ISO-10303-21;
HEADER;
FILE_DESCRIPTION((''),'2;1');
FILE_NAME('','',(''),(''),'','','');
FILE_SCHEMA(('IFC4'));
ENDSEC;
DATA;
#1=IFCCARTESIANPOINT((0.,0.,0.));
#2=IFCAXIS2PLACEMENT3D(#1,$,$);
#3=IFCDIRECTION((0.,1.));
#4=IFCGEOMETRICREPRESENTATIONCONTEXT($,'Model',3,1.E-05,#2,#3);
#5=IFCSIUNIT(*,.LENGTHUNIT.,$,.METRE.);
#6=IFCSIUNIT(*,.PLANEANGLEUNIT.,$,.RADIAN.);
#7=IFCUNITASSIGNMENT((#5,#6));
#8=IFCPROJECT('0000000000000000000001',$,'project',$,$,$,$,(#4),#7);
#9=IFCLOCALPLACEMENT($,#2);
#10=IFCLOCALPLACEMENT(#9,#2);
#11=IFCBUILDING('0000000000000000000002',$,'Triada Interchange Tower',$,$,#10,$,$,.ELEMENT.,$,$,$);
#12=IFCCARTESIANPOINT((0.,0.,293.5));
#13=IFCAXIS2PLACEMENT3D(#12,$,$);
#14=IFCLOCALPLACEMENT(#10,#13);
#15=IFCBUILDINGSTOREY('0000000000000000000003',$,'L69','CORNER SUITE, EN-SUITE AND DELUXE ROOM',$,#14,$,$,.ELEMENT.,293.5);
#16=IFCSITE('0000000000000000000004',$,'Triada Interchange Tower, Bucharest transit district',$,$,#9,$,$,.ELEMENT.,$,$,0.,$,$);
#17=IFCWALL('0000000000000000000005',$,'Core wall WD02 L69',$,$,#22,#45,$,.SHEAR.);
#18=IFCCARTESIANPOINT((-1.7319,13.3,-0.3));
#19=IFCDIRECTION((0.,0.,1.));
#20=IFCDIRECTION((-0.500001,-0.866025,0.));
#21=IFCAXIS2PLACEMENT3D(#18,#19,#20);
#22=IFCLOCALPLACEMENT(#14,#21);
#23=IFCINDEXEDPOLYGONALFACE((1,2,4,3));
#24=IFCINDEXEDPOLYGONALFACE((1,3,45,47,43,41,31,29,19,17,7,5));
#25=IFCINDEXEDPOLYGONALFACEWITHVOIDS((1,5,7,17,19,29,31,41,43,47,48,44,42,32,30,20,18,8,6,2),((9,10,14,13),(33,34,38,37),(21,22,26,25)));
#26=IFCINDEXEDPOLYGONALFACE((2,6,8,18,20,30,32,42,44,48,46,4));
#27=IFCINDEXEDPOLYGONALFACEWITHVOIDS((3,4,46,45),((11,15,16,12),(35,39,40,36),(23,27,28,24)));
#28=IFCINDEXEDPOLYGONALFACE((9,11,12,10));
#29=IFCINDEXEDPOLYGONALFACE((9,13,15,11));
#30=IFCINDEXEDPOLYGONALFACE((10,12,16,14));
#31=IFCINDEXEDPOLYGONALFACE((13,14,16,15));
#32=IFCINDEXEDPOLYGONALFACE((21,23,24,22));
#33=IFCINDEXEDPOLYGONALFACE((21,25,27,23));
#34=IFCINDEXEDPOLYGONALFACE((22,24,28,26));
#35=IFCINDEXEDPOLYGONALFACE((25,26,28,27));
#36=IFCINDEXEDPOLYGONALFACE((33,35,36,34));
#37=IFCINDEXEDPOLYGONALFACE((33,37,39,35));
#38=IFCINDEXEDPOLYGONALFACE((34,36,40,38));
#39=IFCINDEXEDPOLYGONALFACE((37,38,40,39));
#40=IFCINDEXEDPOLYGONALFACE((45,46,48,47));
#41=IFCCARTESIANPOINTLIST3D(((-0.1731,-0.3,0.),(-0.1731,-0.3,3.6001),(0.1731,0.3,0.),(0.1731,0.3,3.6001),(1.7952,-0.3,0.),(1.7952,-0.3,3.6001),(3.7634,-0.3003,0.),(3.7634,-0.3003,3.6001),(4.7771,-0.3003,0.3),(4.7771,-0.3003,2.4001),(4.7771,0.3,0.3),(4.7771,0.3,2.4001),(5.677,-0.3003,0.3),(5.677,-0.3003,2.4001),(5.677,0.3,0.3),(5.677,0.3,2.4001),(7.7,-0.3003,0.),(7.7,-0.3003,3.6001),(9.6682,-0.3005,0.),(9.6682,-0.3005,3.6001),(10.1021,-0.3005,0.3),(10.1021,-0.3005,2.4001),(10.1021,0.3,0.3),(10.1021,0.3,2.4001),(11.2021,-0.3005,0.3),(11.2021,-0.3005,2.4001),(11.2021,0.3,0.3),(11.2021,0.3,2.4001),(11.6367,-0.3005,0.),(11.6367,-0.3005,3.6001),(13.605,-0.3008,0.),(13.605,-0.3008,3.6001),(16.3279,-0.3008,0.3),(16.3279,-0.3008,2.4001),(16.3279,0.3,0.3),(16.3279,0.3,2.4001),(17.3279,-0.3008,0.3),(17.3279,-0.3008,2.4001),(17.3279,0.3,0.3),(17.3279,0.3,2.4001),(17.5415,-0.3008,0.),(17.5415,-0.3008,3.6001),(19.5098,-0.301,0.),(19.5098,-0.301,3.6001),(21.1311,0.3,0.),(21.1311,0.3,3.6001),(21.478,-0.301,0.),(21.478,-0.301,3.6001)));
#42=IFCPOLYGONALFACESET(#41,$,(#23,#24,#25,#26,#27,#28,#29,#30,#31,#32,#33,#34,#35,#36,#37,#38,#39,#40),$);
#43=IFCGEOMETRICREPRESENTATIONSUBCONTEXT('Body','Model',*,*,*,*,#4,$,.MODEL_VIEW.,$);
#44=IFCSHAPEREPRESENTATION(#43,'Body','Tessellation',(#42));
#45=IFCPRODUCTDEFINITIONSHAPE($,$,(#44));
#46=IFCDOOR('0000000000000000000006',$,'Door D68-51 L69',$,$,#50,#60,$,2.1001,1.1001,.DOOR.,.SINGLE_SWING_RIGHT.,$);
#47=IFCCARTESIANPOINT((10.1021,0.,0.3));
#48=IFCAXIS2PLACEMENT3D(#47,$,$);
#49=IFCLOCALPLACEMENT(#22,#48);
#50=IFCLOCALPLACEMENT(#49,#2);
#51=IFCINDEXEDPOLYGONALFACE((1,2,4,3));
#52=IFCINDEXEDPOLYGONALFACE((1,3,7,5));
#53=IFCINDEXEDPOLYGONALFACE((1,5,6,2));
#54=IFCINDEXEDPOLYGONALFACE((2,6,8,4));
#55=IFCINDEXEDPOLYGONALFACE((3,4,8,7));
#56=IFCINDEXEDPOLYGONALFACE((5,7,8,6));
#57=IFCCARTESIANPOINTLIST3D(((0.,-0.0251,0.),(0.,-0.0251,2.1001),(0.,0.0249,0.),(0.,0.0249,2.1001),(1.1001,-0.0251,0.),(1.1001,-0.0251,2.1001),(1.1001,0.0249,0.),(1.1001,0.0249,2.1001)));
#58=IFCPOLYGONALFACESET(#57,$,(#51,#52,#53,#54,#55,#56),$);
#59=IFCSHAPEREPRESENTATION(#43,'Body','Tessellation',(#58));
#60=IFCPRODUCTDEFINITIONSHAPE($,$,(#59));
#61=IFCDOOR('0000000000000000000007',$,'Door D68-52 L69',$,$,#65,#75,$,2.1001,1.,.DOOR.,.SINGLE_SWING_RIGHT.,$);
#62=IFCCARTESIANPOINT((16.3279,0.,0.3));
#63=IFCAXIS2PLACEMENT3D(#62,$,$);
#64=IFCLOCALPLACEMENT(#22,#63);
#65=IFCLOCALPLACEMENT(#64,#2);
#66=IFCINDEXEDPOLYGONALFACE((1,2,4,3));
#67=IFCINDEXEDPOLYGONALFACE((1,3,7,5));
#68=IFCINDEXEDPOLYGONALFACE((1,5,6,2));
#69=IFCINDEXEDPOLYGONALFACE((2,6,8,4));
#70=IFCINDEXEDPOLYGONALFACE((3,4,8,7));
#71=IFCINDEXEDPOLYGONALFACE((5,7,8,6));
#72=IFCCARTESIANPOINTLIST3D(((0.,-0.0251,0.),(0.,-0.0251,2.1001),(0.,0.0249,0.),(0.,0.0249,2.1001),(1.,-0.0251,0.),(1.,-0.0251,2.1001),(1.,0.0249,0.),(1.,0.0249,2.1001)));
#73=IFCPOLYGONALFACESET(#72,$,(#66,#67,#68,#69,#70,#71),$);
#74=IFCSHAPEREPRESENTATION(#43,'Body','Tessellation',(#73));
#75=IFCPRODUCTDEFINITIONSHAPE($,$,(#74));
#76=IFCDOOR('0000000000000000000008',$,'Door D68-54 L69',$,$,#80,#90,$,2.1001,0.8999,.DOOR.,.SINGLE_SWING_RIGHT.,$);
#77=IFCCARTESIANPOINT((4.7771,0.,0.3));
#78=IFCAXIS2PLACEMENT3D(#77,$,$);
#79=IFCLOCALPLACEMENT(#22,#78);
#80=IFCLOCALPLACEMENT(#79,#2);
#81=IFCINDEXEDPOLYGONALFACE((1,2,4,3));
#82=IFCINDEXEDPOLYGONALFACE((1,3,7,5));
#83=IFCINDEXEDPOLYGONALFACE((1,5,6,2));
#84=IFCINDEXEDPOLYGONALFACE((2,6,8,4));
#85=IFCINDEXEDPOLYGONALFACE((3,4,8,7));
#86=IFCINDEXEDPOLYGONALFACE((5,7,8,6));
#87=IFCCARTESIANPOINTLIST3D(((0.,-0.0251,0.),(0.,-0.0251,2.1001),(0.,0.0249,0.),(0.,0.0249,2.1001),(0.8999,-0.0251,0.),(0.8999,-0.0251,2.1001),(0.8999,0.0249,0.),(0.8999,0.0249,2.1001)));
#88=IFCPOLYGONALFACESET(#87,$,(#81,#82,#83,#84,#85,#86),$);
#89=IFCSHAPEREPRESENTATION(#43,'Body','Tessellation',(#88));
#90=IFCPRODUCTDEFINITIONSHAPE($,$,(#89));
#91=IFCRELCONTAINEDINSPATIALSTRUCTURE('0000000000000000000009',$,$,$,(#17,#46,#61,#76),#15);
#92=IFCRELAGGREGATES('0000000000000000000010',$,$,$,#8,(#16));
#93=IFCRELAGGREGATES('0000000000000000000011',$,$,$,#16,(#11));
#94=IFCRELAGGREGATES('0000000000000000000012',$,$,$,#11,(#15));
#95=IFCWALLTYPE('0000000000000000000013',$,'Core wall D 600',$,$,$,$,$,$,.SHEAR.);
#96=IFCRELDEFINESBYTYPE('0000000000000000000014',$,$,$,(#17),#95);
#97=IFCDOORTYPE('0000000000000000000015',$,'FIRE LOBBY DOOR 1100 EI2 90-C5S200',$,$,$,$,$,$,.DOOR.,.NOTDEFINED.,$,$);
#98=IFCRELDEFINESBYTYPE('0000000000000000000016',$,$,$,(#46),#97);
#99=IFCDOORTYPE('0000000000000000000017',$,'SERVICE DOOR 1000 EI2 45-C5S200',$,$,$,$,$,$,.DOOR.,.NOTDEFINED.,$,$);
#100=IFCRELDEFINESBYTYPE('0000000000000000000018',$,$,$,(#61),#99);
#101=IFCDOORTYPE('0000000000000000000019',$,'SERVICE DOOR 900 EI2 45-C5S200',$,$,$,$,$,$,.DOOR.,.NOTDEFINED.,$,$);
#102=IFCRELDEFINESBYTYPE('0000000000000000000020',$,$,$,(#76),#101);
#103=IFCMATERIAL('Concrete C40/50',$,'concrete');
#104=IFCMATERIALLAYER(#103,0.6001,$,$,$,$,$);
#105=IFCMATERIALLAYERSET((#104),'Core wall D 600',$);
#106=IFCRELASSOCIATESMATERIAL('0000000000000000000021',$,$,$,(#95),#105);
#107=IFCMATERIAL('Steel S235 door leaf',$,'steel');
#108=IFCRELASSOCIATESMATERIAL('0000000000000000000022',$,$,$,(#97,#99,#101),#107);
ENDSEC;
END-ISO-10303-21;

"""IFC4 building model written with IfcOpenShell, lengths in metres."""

from ifc_helpers import new_model, si_unit, direction, frame, frame_2d, origin, place, context, subcontext, project, spatial, polyline, rectangle, outline, extrude, material, layer, layer_set, type_object, element, fill, save


model = new_model("IFC4")

# Units and contexts
model_context = context("Model", 3, precision=1e-05, world=origin(), true_north=direction((0.0, 1.0)))
body_context = subcontext(model_context, "Body", "Model", "MODEL_VIEW")
ifc_project = project(units=[si_unit("LENGTHUNIT", "METRE"), si_unit("PLANEANGLEUNIT", "RADIAN")], contexts=[model_context])

# Site, building, storey
site_placement = place(None, origin())
site = spatial("IfcSite", under=ifc_project, at=site_placement, Name="Triada Interchange Tower, Bucharest transit district", CompositionType="ELEMENT", RefElevation=0.0)
building_placement = place(site_placement, origin())
building = spatial("IfcBuilding", under=site, at=building_placement, Name="Triada Interchange Tower", CompositionType="ELEMENT")
storey_placement = place(building_placement, frame((0.0, 0.0, 293.5)))
storey = spatial("IfcBuildingStorey", under=building, at=storey_placement, Name="L69", Description="CORNER SUITE, EN-SUITE AND DELUXE ROOM", CompositionType="ELEMENT", Elevation=293.5)

# Shared definitions
ifc_material_1 = material(Name="Concrete C40/50", Category="concrete")

# Wall, openings, doors
ifc_layer_1 = layer(ifc_material_1, 0.6001)
ifc_layer_set_1 = layer_set([ifc_layer_1], Name="Core wall D 600")
wall_type_1 = type_object("IfcWallType", Name="Core wall D 600", PredefinedType="SHEAR", material=ifc_layer_set_1)
wall_1_placement = place(storey_placement, frame((-1.7319, 13.3, -0.3), z_axis=(0.0, 0.0, 1.0), x_axis=(-0.500001, -0.866025, 0.0)))
wall_1 = element("IfcWall", 1, at=wall_1_placement, inside=storey, type_object=wall_type_1, Name="Core wall WD02 L69", PredefinedType="SHEAR", context=body_context, shape_type="SweptSolid", body=[
    extrude(outline(polyline([(-0.1731, -0.3), (1.7952, -0.3), (3.7634, -0.3003), (5.7317, -0.3003), (7.7, -0.3003), (9.6682, -0.3005), (11.6367, -0.3005), (13.605, -0.3008), (15.5732, -0.3008), (17.5415, -0.3008), (19.5098, -0.301), (21.478, -0.301), (21.1311, 0.3), (19.2258, 0.3), (17.3206, 0.3), (15.4153, 0.3), (13.51, 0.3), (11.6047, 0.3), (9.6995, 0.3), (7.7942, 0.3), (5.8889, 0.3), (3.9836, 0.3), (2.0784, 0.3), (0.1731, 0.3), (-0.1731, -0.3)])), origin(), (0.0, 0.0, 1.0), 3.6001),
])
opening_1_placement = place(wall_1_placement, frame((10.1021, 0.0, 0.3)))
opening_1 = element("IfcOpeningElement", 2, at=opening_1_placement, cuts=wall_1, PredefinedType="OPENING", context=body_context, shape_type="SweptSolid", body=[
    extrude(rectangle(XDim=1.1001, YDim=2.1001, at=frame_2d((0.55, 1.05))), frame((0.0, 0.3101, 0.0), z_axis=(0.0, -1.0, 0.0), x_axis=(1.0, 0.0, 0.0)), (0.0, 0.0, 1.0), 0.6211),
])
opening_2_placement = place(wall_1_placement, frame((16.3279, 0.0, 0.3)))
opening_2 = element("IfcOpeningElement", 3, at=opening_2_placement, cuts=wall_1, PredefinedType="OPENING", context=body_context, shape_type="SweptSolid", body=[
    extrude(rectangle(XDim=1.0, YDim=2.1001, at=frame_2d((0.5, 1.05))), frame((0.0, 0.3101, 0.0), z_axis=(0.0, -1.0, 0.0), x_axis=(1.0, 0.0, 0.0)), (0.0, 0.0, 1.0), 0.6211),
])
opening_3_placement = place(wall_1_placement, frame((4.7771, 0.0, 0.3)))
opening_3 = element("IfcOpeningElement", 4, at=opening_3_placement, cuts=wall_1, PredefinedType="OPENING", context=body_context, shape_type="SweptSolid", body=[
    extrude(rectangle(XDim=0.8999, YDim=2.1001, at=frame_2d((0.45, 1.05))), frame((0.0, 0.3101, 0.0), z_axis=(0.0, -1.0, 0.0), x_axis=(1.0, 0.0, 0.0)), (0.0, 0.0, 1.0), 0.6211),
])
ifc_material_2 = material(Name="Steel S235 door leaf", Category="steel")
door_type_1 = type_object("IfcDoorType", Name="FIRE LOBBY DOOR 1100 EI2 90-C5S200", OperationType="NOTDEFINED", PredefinedType="DOOR", material=ifc_material_2)
door_1_placement = place(opening_1_placement, origin())
door_1 = element("IfcDoor", 5, at=door_1_placement, inside=storey, type_object=door_type_1, Name="Door D68-51 L69", OperationType="SINGLE_SWING_RIGHT", OverallHeight=2.1001, OverallWidth=1.1001, PredefinedType="DOOR", context=body_context, shape_type="SweptSolid", body=[
    extrude(rectangle(XDim=1.1001, YDim=2.1001, at=frame_2d((0.55, 1.05))), frame((0.0, 0.0249, 0.0), z_axis=(0.0, -1.0, 0.0), x_axis=(1.0, 0.0, 0.0)), (0.0, 0.0, 1.0), 0.05),
])
fill(opening_1, door_1)
door_type_2 = type_object("IfcDoorType", Name="SERVICE DOOR 1000 EI2 45-C5S200", OperationType="NOTDEFINED", PredefinedType="DOOR", material=ifc_material_2)
door_2_placement = place(opening_2_placement, origin())
door_2 = element("IfcDoor", 6, at=door_2_placement, inside=storey, type_object=door_type_2, Name="Door D68-52 L69", OperationType="SINGLE_SWING_RIGHT", OverallHeight=2.1001, OverallWidth=1.0, PredefinedType="DOOR", context=body_context, shape_type="SweptSolid", body=[
    extrude(rectangle(XDim=1.0, YDim=2.1001, at=frame_2d((0.5, 1.05))), frame((0.0, 0.0249, 0.0), z_axis=(0.0, -1.0, 0.0), x_axis=(1.0, 0.0, 0.0)), (0.0, 0.0, 1.0), 0.05),
])
fill(opening_2, door_2)
door_type_3 = type_object("IfcDoorType", Name="SERVICE DOOR 900 EI2 45-C5S200", OperationType="NOTDEFINED", PredefinedType="DOOR", material=ifc_material_2)
door_3_placement = place(opening_3_placement, origin())
door_3 = element("IfcDoor", 7, at=door_3_placement, inside=storey, type_object=door_type_3, Name="Door D68-54 L69", OperationType="SINGLE_SWING_RIGHT", OverallHeight=2.1001, OverallWidth=0.8999, PredefinedType="DOOR", context=body_context, shape_type="SweptSolid", body=[
    extrude(rectangle(XDim=0.8999, YDim=2.1001, at=frame_2d((0.45, 1.05))), frame((0.0, 0.0249, 0.0), z_axis=(0.0, -1.0, 0.0), x_axis=(1.0, 0.0, 0.0)), (0.0, 0.0, 1.0), 0.05),
])
fill(opening_3, door_3)

save(model, "model.ifc")
